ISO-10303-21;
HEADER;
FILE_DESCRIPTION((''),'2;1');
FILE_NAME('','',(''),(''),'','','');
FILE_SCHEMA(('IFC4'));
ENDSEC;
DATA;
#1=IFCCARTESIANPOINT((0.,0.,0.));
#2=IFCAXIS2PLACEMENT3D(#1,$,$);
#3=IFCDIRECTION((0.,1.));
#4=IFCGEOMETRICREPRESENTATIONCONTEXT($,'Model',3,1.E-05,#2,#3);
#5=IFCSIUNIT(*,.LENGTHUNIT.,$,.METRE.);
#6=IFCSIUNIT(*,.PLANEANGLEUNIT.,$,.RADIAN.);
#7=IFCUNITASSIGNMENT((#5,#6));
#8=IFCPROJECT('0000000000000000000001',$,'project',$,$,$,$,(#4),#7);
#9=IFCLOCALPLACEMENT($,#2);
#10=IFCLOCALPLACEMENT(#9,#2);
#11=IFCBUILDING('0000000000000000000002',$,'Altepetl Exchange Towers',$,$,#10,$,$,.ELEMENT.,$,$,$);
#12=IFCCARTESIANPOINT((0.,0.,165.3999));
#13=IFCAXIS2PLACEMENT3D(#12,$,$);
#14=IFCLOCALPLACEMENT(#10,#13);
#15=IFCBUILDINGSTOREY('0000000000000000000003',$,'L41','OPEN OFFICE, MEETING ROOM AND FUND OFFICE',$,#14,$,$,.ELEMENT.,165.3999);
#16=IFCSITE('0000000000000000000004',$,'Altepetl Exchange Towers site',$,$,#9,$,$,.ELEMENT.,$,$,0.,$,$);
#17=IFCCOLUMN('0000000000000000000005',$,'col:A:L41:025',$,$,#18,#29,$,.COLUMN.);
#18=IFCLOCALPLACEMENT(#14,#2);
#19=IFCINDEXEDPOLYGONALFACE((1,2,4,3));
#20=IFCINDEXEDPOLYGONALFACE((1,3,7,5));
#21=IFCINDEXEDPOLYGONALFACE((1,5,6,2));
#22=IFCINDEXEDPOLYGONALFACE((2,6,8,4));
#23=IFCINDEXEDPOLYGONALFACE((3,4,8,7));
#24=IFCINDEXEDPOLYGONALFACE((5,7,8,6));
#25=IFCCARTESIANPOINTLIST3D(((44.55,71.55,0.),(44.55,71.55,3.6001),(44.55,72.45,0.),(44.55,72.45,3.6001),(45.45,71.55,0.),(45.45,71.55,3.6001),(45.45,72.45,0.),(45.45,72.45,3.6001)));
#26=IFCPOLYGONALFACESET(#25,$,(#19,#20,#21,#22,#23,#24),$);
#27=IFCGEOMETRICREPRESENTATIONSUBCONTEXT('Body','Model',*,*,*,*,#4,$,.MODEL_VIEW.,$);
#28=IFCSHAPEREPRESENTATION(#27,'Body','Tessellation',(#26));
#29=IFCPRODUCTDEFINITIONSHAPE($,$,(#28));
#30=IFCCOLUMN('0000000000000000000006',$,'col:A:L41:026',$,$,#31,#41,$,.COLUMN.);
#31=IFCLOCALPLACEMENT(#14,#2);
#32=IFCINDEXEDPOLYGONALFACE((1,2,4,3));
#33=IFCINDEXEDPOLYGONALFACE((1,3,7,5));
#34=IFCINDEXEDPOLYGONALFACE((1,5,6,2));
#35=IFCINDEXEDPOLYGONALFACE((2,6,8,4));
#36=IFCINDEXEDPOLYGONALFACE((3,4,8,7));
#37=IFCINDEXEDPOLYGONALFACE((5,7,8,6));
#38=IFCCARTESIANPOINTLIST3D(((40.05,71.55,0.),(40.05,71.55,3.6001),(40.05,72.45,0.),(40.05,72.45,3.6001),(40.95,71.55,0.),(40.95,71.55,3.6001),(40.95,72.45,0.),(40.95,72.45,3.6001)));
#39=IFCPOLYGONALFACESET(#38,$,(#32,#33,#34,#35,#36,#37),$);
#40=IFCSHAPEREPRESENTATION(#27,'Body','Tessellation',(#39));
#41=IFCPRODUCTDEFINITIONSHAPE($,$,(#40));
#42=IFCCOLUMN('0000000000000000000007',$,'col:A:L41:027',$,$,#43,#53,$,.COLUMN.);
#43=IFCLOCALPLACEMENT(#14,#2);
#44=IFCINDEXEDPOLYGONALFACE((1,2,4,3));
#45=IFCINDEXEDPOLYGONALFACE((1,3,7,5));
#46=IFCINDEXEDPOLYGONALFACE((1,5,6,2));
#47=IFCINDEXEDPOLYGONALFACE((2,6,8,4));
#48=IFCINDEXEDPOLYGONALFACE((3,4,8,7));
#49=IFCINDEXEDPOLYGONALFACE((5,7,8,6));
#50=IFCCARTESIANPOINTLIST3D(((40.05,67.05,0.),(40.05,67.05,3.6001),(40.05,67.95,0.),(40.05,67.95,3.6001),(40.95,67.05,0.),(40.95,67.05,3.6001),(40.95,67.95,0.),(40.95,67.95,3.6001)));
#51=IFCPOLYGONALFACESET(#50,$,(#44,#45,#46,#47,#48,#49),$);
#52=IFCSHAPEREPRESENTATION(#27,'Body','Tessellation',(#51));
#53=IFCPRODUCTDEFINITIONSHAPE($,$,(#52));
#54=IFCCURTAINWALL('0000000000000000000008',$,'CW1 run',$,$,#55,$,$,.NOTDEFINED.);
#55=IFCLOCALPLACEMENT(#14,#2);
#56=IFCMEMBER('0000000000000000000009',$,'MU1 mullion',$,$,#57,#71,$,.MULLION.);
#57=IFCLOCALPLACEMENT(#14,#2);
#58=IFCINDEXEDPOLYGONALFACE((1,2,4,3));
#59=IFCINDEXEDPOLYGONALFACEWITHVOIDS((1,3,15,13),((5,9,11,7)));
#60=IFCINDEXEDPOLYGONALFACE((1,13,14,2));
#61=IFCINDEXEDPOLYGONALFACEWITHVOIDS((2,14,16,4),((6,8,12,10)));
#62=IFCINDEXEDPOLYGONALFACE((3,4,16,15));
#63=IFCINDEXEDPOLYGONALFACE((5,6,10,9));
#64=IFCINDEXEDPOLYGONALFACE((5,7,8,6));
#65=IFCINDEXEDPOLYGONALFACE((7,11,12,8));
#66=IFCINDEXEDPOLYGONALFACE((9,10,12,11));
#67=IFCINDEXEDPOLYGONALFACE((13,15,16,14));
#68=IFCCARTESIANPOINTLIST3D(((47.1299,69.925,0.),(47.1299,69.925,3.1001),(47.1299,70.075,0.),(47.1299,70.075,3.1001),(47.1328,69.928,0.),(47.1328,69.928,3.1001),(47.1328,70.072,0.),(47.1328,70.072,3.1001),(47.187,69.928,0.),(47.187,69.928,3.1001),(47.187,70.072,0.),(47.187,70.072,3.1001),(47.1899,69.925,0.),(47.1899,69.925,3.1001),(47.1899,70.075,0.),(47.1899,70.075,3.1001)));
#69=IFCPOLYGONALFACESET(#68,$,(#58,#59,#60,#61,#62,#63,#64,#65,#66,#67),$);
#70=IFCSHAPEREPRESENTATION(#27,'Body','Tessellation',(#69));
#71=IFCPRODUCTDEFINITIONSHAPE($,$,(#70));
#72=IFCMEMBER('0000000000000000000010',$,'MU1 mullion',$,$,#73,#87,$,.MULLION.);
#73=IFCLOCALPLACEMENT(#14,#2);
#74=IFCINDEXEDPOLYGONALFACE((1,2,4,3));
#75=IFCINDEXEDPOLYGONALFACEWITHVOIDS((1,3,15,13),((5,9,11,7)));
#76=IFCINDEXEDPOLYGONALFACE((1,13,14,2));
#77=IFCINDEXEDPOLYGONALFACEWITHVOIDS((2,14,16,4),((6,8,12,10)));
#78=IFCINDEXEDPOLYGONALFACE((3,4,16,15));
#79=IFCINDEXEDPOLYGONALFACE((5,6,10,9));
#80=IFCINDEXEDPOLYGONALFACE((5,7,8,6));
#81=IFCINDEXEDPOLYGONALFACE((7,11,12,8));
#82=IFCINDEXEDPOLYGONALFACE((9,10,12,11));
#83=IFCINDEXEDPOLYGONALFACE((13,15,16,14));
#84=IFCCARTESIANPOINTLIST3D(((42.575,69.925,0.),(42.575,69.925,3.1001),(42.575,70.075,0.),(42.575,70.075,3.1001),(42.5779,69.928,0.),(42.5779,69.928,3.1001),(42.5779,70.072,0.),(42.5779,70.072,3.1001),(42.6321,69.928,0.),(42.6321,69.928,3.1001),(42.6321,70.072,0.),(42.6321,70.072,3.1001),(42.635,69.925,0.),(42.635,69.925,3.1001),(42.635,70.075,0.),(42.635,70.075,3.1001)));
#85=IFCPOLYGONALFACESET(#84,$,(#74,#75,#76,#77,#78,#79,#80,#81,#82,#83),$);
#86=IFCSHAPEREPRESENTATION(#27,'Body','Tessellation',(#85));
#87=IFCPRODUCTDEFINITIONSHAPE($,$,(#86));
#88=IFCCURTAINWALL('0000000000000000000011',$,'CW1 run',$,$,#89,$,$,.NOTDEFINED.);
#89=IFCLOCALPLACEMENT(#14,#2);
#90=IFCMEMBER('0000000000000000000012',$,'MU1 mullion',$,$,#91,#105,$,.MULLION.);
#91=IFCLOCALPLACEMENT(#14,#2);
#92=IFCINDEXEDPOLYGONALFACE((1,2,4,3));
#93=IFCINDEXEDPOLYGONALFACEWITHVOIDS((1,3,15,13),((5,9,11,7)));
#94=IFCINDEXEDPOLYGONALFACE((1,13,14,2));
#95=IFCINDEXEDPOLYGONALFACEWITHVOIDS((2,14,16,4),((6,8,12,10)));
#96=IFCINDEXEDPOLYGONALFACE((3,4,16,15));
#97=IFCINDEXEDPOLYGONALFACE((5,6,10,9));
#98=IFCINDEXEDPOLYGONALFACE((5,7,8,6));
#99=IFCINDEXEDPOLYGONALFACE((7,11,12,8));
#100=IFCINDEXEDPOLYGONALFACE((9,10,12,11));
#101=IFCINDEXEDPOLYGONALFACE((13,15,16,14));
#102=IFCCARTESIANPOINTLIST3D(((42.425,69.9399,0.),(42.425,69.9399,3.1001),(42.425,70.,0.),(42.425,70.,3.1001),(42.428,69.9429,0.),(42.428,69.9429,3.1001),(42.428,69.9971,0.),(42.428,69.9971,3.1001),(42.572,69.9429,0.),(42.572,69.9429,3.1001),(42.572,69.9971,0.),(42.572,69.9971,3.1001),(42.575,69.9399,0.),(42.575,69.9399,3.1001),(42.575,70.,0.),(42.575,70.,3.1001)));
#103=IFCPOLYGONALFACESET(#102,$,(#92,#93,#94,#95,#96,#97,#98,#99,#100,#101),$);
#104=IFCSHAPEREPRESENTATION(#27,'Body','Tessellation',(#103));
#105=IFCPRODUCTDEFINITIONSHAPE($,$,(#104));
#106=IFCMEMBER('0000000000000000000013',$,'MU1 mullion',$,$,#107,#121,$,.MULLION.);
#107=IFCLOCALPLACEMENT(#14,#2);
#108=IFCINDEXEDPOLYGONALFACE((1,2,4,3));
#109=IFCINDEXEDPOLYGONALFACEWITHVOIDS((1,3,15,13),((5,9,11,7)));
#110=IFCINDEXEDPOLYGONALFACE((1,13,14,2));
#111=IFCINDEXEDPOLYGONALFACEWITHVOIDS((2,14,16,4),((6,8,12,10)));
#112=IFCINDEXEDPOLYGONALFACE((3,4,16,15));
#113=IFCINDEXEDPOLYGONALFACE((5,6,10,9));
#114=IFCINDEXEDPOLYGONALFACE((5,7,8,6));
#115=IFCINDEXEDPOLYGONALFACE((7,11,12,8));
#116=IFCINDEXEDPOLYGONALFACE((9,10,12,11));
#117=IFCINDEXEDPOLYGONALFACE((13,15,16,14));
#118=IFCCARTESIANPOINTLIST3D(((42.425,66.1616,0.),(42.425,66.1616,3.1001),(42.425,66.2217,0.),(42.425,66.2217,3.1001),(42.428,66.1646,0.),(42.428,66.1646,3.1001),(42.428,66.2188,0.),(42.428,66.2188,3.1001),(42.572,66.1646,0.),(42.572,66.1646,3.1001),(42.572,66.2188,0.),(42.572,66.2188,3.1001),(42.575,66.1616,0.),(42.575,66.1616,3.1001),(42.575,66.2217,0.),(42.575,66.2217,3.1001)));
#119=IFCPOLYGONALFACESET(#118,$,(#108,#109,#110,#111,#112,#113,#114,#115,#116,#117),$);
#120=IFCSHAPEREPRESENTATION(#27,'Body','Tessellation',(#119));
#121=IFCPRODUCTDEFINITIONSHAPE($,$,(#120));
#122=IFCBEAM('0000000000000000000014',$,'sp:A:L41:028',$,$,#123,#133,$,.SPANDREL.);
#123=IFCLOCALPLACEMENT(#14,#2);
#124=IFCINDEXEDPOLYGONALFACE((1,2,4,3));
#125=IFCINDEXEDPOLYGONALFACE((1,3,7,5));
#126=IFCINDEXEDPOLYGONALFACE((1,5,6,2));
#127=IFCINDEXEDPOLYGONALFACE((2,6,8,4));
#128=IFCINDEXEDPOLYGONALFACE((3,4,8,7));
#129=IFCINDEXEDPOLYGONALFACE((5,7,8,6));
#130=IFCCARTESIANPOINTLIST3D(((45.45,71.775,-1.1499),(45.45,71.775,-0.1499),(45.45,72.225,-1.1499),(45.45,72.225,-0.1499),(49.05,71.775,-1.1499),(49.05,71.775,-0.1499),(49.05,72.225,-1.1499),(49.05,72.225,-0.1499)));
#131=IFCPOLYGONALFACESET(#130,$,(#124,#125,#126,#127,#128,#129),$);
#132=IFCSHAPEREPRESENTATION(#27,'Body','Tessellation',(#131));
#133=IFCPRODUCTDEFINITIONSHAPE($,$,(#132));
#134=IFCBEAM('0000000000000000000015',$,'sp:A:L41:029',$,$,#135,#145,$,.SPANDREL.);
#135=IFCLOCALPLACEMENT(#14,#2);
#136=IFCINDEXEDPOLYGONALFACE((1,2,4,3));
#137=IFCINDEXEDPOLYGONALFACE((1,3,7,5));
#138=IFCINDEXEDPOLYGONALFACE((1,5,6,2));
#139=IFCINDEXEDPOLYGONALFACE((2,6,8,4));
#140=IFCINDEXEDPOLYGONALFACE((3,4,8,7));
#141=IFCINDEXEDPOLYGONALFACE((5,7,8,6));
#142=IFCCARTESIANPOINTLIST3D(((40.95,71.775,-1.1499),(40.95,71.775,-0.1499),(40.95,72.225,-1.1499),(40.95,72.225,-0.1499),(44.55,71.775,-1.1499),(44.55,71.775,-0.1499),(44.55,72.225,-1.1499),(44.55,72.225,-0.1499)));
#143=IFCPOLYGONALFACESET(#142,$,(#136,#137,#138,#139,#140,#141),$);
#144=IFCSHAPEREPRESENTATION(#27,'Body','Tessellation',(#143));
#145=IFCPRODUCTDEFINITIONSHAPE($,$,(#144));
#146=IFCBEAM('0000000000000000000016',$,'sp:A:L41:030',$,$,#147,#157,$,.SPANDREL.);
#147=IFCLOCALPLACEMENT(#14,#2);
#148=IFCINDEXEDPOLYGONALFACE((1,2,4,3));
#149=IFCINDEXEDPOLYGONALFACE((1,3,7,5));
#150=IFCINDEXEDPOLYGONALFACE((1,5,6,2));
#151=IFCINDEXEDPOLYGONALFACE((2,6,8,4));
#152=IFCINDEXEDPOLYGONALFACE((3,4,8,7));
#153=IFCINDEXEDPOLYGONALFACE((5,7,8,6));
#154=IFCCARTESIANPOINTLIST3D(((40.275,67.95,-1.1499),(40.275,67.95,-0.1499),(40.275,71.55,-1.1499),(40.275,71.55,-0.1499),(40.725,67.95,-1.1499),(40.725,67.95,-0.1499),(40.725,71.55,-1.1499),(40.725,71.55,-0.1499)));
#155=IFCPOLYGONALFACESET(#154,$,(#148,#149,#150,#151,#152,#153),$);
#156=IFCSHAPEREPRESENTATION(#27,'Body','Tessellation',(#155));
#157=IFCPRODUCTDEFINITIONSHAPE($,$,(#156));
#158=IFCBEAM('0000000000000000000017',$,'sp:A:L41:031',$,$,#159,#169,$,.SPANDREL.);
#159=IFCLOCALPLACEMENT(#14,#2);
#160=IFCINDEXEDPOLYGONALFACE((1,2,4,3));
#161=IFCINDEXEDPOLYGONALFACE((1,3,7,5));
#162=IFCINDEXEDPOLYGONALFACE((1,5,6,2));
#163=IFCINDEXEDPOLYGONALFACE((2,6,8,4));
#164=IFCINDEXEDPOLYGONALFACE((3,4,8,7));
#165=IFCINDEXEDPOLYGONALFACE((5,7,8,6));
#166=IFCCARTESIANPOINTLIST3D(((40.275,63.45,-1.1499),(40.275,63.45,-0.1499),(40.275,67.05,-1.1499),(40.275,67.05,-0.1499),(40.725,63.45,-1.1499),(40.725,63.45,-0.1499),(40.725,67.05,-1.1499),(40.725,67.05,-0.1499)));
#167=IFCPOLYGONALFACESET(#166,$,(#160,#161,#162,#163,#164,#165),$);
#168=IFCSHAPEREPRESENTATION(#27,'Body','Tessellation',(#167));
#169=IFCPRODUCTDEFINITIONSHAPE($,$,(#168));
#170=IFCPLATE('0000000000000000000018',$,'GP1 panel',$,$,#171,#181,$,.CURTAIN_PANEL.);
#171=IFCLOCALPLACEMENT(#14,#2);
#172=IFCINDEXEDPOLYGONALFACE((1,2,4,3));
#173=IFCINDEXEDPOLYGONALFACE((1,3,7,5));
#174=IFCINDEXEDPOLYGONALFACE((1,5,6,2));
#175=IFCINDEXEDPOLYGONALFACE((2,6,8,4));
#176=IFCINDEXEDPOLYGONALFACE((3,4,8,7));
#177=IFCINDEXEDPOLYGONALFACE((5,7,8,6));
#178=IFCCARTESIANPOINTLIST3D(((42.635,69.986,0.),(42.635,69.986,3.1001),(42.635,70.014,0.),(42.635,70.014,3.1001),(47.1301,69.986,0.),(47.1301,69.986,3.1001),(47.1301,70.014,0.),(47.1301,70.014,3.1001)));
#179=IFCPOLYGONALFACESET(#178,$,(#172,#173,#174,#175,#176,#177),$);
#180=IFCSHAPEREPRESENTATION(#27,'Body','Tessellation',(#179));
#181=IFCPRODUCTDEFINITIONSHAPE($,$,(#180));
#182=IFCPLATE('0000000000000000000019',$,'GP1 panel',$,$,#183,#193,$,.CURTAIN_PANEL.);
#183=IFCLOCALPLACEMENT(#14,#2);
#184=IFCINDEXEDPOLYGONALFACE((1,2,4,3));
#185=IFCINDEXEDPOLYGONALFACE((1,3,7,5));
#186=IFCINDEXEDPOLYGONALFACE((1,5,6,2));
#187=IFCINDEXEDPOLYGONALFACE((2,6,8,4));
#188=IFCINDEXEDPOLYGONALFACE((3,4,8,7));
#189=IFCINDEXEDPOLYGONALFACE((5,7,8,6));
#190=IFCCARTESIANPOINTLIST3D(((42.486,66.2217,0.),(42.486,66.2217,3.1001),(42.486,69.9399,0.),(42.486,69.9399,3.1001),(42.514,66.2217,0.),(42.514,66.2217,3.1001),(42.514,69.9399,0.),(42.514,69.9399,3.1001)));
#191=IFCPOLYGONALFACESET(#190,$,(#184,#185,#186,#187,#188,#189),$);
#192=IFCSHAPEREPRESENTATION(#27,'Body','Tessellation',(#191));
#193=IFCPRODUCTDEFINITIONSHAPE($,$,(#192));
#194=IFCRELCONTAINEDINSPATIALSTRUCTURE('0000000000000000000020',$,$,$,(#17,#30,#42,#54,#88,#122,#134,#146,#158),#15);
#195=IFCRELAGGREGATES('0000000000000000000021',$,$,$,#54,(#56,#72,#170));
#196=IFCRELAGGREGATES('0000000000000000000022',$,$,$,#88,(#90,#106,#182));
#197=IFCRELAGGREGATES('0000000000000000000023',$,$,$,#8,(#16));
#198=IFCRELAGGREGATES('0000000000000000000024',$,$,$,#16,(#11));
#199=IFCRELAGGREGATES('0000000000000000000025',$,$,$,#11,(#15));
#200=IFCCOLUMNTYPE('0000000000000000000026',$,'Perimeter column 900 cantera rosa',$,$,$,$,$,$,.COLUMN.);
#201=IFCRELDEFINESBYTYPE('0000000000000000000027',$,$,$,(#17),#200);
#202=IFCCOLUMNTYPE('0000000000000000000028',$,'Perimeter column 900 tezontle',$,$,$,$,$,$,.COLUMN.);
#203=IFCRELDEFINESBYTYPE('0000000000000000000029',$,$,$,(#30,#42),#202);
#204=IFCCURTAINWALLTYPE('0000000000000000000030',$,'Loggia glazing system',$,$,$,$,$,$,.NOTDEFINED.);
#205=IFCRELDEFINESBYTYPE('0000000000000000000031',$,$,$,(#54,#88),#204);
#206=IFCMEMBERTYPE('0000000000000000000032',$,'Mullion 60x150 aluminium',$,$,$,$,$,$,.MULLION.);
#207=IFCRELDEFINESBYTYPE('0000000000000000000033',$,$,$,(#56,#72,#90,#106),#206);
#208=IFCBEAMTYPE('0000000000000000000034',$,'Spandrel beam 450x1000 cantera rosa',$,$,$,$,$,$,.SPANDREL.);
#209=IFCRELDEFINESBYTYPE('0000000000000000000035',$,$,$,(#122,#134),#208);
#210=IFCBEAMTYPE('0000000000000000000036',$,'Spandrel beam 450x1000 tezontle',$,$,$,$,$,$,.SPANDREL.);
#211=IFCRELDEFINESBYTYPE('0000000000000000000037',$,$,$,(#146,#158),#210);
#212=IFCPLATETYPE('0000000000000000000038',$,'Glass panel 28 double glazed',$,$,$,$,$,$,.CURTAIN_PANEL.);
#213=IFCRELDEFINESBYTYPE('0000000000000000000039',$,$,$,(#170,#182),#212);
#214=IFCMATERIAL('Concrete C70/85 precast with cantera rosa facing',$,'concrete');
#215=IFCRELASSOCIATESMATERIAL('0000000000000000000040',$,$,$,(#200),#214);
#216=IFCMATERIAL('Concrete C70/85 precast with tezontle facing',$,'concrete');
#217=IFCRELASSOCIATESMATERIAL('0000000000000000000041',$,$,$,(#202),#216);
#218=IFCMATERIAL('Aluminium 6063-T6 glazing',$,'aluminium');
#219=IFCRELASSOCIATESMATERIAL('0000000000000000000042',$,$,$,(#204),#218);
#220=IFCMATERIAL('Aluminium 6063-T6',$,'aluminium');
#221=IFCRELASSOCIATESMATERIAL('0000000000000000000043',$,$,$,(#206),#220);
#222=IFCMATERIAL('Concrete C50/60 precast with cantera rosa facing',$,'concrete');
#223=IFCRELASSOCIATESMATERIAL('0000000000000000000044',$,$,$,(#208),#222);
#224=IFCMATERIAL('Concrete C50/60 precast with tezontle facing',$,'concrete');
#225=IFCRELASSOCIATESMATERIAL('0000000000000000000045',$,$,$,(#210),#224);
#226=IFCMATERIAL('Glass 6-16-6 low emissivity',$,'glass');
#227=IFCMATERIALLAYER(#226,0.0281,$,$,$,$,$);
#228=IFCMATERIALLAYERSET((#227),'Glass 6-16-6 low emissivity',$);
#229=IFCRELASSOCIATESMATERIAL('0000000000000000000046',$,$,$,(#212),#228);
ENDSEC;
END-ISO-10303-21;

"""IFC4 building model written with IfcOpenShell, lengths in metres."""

from ifc_helpers import new_model, si_unit, direction, frame, origin, origin_2d, place, context, subcontext, project, spatial, rectangle, hollow_rectangle, extrude, material, layer, layer_set, material_profile, profile_set, type_object, element, aggregate, save


model = new_model("IFC4")

# Units and contexts
model_context = context("Model", 3, precision=1e-05, world=origin(), true_north=direction((0.0, 1.0)))
body_context = subcontext(model_context, "Body", "Model", "MODEL_VIEW")
ifc_project = project(units=[si_unit("LENGTHUNIT", "METRE"), si_unit("PLANEANGLEUNIT", "RADIAN")], contexts=[model_context])

# Site, building, storey
site_placement = place(None, origin())
site = spatial("IfcSite", under=ifc_project, at=site_placement, Name="Altepetl Exchange Towers site", CompositionType="ELEMENT", RefElevation=0.0)
building_placement = place(site_placement, origin())
building = spatial("IfcBuilding", under=site, at=building_placement, Name="Altepetl Exchange Towers", CompositionType="ELEMENT")
storey_placement = place(building_placement, frame((0.0, 0.0, 165.3999)))
storey = spatial("IfcBuildingStorey", under=building, at=storey_placement, Name="L41", Description="OPEN OFFICE, MEETING ROOM AND FUND OFFICE", CompositionType="ELEMENT", Elevation=165.3999)

# Columns
ifc_material_1 = material(Name="Concrete C70/85 precast with cantera rosa facing", Category="concrete")
ifc_material_profile_1 = material_profile(ifc_material_1, rectangle(XDim=0.8999, YDim=0.8999, at=origin_2d()), Name="900 x 900")
ifc_profile_set_1 = profile_set([ifc_material_profile_1], Name="Concrete C70/85 precast with cantera rosa facing")
column_type_1 = type_object("IfcColumnType", Name="Perimeter column 900 cantera rosa", PredefinedType="COLUMN", material=ifc_profile_set_1)
column_placement = place(storey_placement, frame((45.0, 72.0, 0.0)))
element("IfcColumn", 1, at=column_placement, inside=storey, type_object=column_type_1, Name="col:A:L41:025", PredefinedType="COLUMN", context=body_context, shape_type="SweptSolid", body=[
    extrude(rectangle(XDim=0.8999, YDim=0.8999, at=origin_2d()), origin(), (0.0, 0.0, 1.0), 3.6001),
])
ifc_material_2 = material(Name="Concrete C70/85 precast with tezontle facing", Category="concrete")
ifc_material_profile_2 = material_profile(ifc_material_2, rectangle(XDim=0.8999, YDim=0.8999, at=origin_2d()), Name="900 x 900")
ifc_profile_set_2 = profile_set([ifc_material_profile_2], Name="Concrete C70/85 precast with tezontle facing")
column_type_2 = type_object("IfcColumnType", Name="Perimeter column 900 tezontle", PredefinedType="COLUMN", material=ifc_profile_set_2)
for number, where, name in (
    (2, (40.5, 72.0, 0.0), "col:A:L41:026"),
    (3, (40.5, 67.5, 0.0), "col:A:L41:027"),
):
    element("IfcColumn", number, at=place(storey_placement, frame(where)), inside=storey, type_object=column_type_2, Name=name, PredefinedType="COLUMN", context=body_context, shape_type="SweptSolid", body=[
        extrude(rectangle(XDim=0.8999, YDim=0.8999, at=origin_2d()), origin(), (0.0, 0.0, 1.0), 3.6001),
    ])

# Curtain walls, members
ifc_material_3 = material(Name="Aluminium 6063-T6 glazing", Category="aluminium")
curtain_wall_type = type_object("IfcCurtainWallType", Name="Loggia glazing system", PredefinedType="NOTDEFINED", material=ifc_material_3)
curtain_wall_1_placement = place(storey_placement, origin())
curtain_wall_1 = element("IfcCurtainWall", 4, at=curtain_wall_1_placement, inside=storey, type_object=curtain_wall_type, Name="CW1 run", PredefinedType="NOTDEFINED")
ifc_material_4 = material(Name="Aluminium 6063-T6", Category="aluminium")
ifc_material_profile_3 = material_profile(ifc_material_4, hollow_rectangle(XDim=0.0601, YDim=0.1499, WallThickness=0.0029, at=origin_2d()), Name="Mullion 60x150 aluminium")
ifc_profile_set_3 = profile_set([ifc_material_profile_3], Name="Aluminium 6063-T6")
member_type = type_object("IfcMemberType", Name="Mullion 60x150 aluminium", PredefinedType="MULLION", material=ifc_profile_set_3)
member_1_placement = place(storey_placement, frame((47.1599, 70.0, 0.0), z_axis=(0.0, 0.0, 1.0), x_axis=(-1.0, 0.0, 0.0)))
member_1 = element("IfcMember", 5, at=member_1_placement, type_object=member_type, Name="MU1 mullion", PredefinedType="MULLION", context=body_context, shape_type="SweptSolid", body=[
    extrude(hollow_rectangle(XDim=0.0601, YDim=0.1499, WallThickness=0.0029, at=origin_2d()), origin(), (0.0, 0.0, 1.0), 3.1001),
])
member_2_placement = place(storey_placement, frame((42.605, 70.0, 0.0), z_axis=(0.0, 0.0, 1.0), x_axis=(-1.0, 0.0, 0.0)))
member_2 = element("IfcMember", 6, at=member_2_placement, type_object=member_type, Name="MU1 mullion", PredefinedType="MULLION", context=body_context, shape_type="SweptSolid", body=[
    extrude(hollow_rectangle(XDim=0.0601, YDim=0.1499, WallThickness=0.0029, at=origin_2d()), origin(), (0.0, 0.0, 1.0), 3.1001),
])
curtain_wall_2_placement = place(storey_placement, origin())
curtain_wall_2 = element("IfcCurtainWall", 7, at=curtain_wall_2_placement, inside=storey, type_object=curtain_wall_type, Name="CW1 run", PredefinedType="NOTDEFINED")
member_3_placement = place(storey_placement, frame((42.5, 69.97, 0.0), z_axis=(0.0, 0.0, 1.0), x_axis=(0.0, -1.0, 0.0)))
member_3 = element("IfcMember", 8, at=member_3_placement, type_object=member_type, Name="MU1 mullion", PredefinedType="MULLION", context=body_context, shape_type="SweptSolid", body=[
    extrude(hollow_rectangle(XDim=0.0601, YDim=0.1499, WallThickness=0.0029, at=origin_2d()), origin(), (0.0, 0.0, 1.0), 3.1001),
])
member_4_placement = place(storey_placement, frame((42.5, 66.1917, 0.0), z_axis=(0.0, 0.0, 1.0), x_axis=(0.0, -1.0, 0.0)))
member_4 = element("IfcMember", 9, at=member_4_placement, type_object=member_type, Name="MU1 mullion", PredefinedType="MULLION", context=body_context, shape_type="SweptSolid", body=[
    extrude(hollow_rectangle(XDim=0.0601, YDim=0.1499, WallThickness=0.0029, at=origin_2d()), origin(), (0.0, 0.0, 1.0), 3.1001),
])

# Beams
ifc_material_5 = material(Name="Concrete C50/60 precast with cantera rosa facing", Category="concrete")
ifc_material_profile_4 = material_profile(ifc_material_5, rectangle(XDim=0.45, YDim=1.0, at=origin_2d()), Name="450 x 1000")
ifc_profile_set_4 = profile_set([ifc_material_profile_4], Name="Concrete C50/60 precast with cantera rosa facing")
beam_type_1 = type_object("IfcBeamType", Name="Spandrel beam 450x1000 cantera rosa", PredefinedType="SPANDREL", material=ifc_profile_set_4)
for number, where, z_axis, x_axis, name in (
    (10, (49.05, 72.0, -0.6499), (-1.0, 0.0, 0.0), (0.0, -1.0, 0.0), "sp:A:L41:028"),
    (11, (44.55, 72.0, -0.6499), (-1.0, 0.0, 0.0), (0.0, -1.0, 0.0), "sp:A:L41:029"),
):
    element("IfcBeam", number, at=place(storey_placement, frame(where, z_axis=z_axis, x_axis=x_axis)), inside=storey, type_object=beam_type_1, Name=name, PredefinedType="SPANDREL", context=body_context, shape_type="SweptSolid", body=[
        extrude(rectangle(XDim=0.45, YDim=1.0, at=origin_2d()), origin(), (0.0, 0.0, 1.0), 3.6001),
    ])
ifc_material_6 = material(Name="Concrete C50/60 precast with tezontle facing", Category="concrete")
ifc_material_profile_5 = material_profile(ifc_material_6, rectangle(XDim=0.45, YDim=1.0, at=origin_2d()), Name="450 x 1000")
ifc_profile_set_5 = profile_set([ifc_material_profile_5], Name="Concrete C50/60 precast with tezontle facing")
beam_type_2 = type_object("IfcBeamType", Name="Spandrel beam 450x1000 tezontle", PredefinedType="SPANDREL", material=ifc_profile_set_5)
for number, where, z_axis, x_axis, name in (
    (12, (40.5, 71.55, -0.6499), (0.0, -1.0, 0.0), (1.0, 0.0, 0.0), "sp:A:L41:030"),
    (13, (40.5, 67.05, -0.6499), (0.0, -1.0, 0.0), (1.0, 0.0, 0.0), "sp:A:L41:031"),
):
    element("IfcBeam", number, at=place(storey_placement, frame(where, z_axis=z_axis, x_axis=x_axis)), inside=storey, type_object=beam_type_2, Name=name, PredefinedType="SPANDREL", context=body_context, shape_type="SweptSolid", body=[
        extrude(rectangle(XDim=0.45, YDim=1.0, at=origin_2d()), origin(), (0.0, 0.0, 1.0), 3.6001),
    ])

# Plates
ifc_material_7 = material(Name="Glass 6-16-6 low emissivity", Category="glass")
ifc_layer = layer(ifc_material_7, 0.0281)
ifc_layer_set = layer_set([ifc_layer], Name="Glass 6-16-6 low emissivity")
plate_type = type_object("IfcPlateType", Name="Glass panel 28 double glazed", PredefinedType="CURTAIN_PANEL", material=ifc_layer_set)
plate_1_placement = place(storey_placement, frame((44.8826, 70.0, 0.0), z_axis=(0.0, 0.0, 1.0), x_axis=(-1.0, 0.0, 0.0)))
plate_1 = element("IfcPlate", 14, at=plate_1_placement, type_object=plate_type, Name="GP1 panel", PredefinedType="CURTAIN_PANEL", context=body_context, shape_type="SweptSolid", body=[
    extrude(rectangle(XDim=4.4951, YDim=0.0281, at=origin_2d()), origin(), (0.0, 0.0, 1.0), 3.1001),
])
aggregate(curtain_wall_1, [member_1, member_2, plate_1])
plate_2_placement = place(storey_placement, frame((42.5, 68.0808, 0.0), z_axis=(0.0, 0.0, 1.0), x_axis=(0.0, -1.0, 0.0)))
plate_2 = element("IfcPlate", 15, at=plate_2_placement, type_object=plate_type, Name="GP1 panel", PredefinedType="CURTAIN_PANEL", context=body_context, shape_type="SweptSolid", body=[
    extrude(rectangle(XDim=3.7183, YDim=0.0281, at=origin_2d()), origin(), (0.0, 0.0, 1.0), 3.1001),
])
aggregate(curtain_wall_2, [member_3, member_4, plate_2])

save(model, "model.ifc")
